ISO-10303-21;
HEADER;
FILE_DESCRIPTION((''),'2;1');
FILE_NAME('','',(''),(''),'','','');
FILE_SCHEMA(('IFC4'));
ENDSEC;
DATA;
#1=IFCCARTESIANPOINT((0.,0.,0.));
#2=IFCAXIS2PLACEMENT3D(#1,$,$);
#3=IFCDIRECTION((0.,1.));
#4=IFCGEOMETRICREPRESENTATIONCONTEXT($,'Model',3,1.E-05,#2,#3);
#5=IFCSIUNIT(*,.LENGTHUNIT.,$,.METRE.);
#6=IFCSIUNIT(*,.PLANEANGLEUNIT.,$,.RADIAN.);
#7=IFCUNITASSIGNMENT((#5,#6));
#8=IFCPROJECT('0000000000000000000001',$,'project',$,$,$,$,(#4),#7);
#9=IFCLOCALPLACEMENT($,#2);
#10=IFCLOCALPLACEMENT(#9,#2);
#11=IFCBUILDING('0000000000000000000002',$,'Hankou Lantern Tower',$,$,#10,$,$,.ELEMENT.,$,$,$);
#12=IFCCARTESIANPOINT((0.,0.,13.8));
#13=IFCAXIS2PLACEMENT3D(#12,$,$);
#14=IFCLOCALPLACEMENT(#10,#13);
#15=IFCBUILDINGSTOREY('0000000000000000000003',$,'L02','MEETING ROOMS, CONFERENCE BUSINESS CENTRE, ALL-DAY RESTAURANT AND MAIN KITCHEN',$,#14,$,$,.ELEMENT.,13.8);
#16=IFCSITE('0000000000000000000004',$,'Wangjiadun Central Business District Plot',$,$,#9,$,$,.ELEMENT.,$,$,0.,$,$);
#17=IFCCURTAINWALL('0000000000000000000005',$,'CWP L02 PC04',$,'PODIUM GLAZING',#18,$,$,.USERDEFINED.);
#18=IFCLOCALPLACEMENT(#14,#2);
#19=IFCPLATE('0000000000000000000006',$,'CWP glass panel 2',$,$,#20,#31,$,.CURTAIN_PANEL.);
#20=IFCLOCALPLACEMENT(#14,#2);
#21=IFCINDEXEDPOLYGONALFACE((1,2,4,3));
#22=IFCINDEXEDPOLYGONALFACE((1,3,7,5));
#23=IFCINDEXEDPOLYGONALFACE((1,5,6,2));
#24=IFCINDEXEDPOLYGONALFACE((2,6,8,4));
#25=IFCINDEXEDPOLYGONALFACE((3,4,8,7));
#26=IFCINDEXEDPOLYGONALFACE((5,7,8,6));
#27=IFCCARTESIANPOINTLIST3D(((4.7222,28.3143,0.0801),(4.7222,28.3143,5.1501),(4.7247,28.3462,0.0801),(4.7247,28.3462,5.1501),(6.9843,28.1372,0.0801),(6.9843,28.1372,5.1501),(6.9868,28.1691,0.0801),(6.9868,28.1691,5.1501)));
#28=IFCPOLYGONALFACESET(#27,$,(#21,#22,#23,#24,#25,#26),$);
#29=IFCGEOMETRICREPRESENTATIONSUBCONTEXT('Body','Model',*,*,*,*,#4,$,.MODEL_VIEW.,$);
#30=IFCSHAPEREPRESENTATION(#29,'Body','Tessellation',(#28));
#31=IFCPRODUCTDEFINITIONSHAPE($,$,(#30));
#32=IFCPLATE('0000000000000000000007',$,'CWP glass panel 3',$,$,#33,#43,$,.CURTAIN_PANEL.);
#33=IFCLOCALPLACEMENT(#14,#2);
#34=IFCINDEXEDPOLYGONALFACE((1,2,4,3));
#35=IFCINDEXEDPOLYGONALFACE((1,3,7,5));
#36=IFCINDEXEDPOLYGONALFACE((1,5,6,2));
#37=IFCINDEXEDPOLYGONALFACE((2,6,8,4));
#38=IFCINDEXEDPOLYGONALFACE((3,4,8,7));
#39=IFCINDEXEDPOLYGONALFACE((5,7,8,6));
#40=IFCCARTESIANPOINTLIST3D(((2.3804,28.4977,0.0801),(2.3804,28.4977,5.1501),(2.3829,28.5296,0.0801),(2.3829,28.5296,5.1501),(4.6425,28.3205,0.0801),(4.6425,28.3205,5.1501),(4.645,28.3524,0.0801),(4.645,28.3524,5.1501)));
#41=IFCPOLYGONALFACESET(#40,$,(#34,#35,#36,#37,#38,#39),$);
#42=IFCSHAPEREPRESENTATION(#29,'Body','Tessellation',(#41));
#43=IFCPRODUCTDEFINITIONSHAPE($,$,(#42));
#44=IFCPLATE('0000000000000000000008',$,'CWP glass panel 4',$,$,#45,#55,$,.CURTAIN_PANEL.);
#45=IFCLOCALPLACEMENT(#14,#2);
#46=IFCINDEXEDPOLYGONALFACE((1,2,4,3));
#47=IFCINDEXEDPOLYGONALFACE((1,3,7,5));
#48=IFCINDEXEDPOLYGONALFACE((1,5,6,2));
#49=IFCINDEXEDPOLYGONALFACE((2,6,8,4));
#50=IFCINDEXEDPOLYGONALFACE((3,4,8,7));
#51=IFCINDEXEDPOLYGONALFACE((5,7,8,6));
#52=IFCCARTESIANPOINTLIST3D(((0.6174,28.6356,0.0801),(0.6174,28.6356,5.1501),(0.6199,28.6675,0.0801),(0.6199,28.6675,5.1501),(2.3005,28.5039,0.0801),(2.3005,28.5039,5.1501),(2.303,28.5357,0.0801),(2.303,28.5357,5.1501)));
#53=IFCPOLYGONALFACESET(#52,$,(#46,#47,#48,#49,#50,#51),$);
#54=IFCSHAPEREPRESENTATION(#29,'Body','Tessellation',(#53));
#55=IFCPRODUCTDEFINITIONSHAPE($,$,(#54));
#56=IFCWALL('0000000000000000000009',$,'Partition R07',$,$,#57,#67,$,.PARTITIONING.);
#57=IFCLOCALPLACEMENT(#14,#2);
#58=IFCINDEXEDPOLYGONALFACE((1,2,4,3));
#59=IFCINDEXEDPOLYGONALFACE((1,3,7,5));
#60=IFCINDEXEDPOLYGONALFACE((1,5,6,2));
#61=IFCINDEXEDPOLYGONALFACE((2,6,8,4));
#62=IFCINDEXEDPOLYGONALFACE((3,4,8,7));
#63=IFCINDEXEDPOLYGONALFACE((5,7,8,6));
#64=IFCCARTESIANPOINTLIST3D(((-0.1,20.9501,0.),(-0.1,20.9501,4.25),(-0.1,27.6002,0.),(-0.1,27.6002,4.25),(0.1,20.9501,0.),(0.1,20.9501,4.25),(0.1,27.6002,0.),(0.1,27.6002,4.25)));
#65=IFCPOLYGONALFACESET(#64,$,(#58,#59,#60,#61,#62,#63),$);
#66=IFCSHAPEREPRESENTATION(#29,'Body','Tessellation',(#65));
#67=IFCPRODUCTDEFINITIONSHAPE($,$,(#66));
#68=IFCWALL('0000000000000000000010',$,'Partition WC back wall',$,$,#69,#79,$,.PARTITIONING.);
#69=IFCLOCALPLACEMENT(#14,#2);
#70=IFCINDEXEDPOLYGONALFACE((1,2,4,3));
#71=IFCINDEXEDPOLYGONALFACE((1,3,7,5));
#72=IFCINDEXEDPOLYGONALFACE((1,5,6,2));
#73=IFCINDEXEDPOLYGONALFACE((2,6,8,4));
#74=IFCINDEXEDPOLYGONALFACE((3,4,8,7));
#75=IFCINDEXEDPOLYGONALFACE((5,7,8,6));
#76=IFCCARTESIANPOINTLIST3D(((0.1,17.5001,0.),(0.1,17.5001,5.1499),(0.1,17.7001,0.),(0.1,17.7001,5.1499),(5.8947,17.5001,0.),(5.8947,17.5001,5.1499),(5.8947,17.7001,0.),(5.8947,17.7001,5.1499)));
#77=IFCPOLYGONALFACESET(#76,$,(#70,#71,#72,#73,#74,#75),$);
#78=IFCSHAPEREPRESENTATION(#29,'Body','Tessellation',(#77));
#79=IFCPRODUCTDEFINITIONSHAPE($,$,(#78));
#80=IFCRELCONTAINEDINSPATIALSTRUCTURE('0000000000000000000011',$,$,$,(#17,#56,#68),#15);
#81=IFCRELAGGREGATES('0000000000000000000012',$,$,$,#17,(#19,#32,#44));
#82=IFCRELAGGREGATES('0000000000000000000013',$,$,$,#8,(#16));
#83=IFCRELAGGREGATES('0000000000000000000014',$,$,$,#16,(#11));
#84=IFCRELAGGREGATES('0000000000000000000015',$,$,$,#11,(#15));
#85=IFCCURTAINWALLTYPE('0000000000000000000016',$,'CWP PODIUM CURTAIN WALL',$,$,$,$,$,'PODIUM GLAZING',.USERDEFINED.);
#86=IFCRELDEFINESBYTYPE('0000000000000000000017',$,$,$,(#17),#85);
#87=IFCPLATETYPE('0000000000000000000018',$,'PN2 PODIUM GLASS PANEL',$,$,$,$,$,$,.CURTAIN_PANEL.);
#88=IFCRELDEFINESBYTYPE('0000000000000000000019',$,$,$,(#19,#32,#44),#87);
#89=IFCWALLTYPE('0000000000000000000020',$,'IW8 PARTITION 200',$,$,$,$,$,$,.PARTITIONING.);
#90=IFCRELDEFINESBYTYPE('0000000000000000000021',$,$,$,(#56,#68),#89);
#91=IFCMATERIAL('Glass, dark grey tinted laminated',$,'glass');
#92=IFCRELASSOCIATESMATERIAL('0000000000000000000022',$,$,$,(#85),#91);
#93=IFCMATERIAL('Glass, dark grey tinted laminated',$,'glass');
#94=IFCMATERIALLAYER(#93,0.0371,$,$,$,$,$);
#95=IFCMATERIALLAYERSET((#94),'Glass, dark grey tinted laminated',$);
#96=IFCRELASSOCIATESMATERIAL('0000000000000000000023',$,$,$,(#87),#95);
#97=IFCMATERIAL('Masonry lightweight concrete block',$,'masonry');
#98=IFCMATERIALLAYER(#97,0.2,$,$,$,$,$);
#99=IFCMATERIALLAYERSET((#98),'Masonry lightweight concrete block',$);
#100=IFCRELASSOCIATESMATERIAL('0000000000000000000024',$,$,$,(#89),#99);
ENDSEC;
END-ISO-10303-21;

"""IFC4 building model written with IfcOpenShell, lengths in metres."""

from ifc_helpers import new_model, si_unit, direction, frame, frame_2d, origin, origin_2d, place, context, subcontext, project, spatial, rectangle, extrude, material, layer, layer_set, type_object, element, aggregate, save


model = new_model("IFC4")

# Units and contexts
model_context = context("Model", 3, precision=1e-05, world=origin(), true_north=direction((0.0, 1.0)))
body_context = subcontext(model_context, "Body", "Model", "MODEL_VIEW")
ifc_project = project(units=[si_unit("LENGTHUNIT", "METRE"), si_unit("PLANEANGLEUNIT", "RADIAN")], contexts=[model_context])

# Site, building, storey
site_placement = place(None, origin())
site = spatial("IfcSite", under=ifc_project, at=site_placement, Name="Wangjiadun Central Business District Plot", CompositionType="ELEMENT", RefElevation=0.0)
building_placement = place(site_placement, origin())
building = spatial("IfcBuilding", under=site, at=building_placement, Name="Hankou Lantern Tower", CompositionType="ELEMENT")
storey_placement = place(building_placement, frame((0.0, 0.0, 13.8)))
storey = spatial("IfcBuildingStorey", under=building, at=storey_placement, Name="L02", Description="MEETING ROOMS, CONFERENCE BUSINESS CENTRE, ALL-DAY RESTAURANT AND MAIN KITCHEN", CompositionType="ELEMENT", Elevation=13.8)

# Curtain wall
ifc_material_1 = material(Name="Glass, dark grey tinted laminated", Category="glass")
curtain_wall_type = type_object("IfcCurtainWallType", Name="CWP PODIUM CURTAIN WALL", ElementType="PODIUM GLAZING", PredefinedType="USERDEFINED", material=ifc_material_1)
curtain_wall_placement = place(storey_placement, origin())
curtain_wall = element("IfcCurtainWall", 1, at=curtain_wall_placement, inside=storey, type_object=curtain_wall_type, Name="CWP L02 PC04", ObjectType="PODIUM GLAZING", PredefinedType="USERDEFINED")

# Plates
ifc_material_2 = material(Name="Glass, dark grey tinted laminated", Category="glass")
ifc_layer_1 = layer(ifc_material_2, 0.0371)
ifc_layer_set_1 = layer_set([ifc_layer_1], Name="Glass, dark grey tinted laminated")
plate_type = type_object("IfcPlateType", Name="PN2 PODIUM GLASS PANEL", PredefinedType="CURTAIN_PANEL", material=ifc_layer_set_1)
plate_1_placement = place(storey_placement, frame((5.8545, 28.2417, 0.0801), z_axis=(0.0, 0.0, 1.0), x_axis=(-0.996949, 0.078062, 0.0)))
plate_1 = element("IfcPlate", 2, at=plate_1_placement, type_object=plate_type, Name="CWP glass panel 2", PredefinedType="CURTAIN_PANEL", context=body_context, shape_type="SweptSolid", body=[
    extrude(rectangle(XDim=2.269, YDim=0.032, at=origin_2d()), origin(), (0.0, 0.0, 1.0), 5.0701),
])
plate_2_placement = place(storey_placement, frame((3.5127, 28.425, 0.0801), z_axis=(0.0, 0.0, 1.0), x_axis=(-0.996949, 0.078062, 0.0)))
plate_2 = element("IfcPlate", 3, at=plate_2_placement, type_object=plate_type, Name="CWP glass panel 3", PredefinedType="CURTAIN_PANEL", context=body_context, shape_type="SweptSolid", body=[
    extrude(rectangle(XDim=2.269, YDim=0.032, at=origin_2d()), origin(), (0.0, 0.0, 1.0), 5.0701),
])
plate_3_placement = place(storey_placement, frame((1.4602, 28.5857, 0.0801), z_axis=(0.0, 0.0, 1.0), x_axis=(-0.996949, 0.078062, 0.0)))
plate_3 = element("IfcPlate", 4, at=plate_3_placement, type_object=plate_type, Name="CWP glass panel 4", PredefinedType="CURTAIN_PANEL", context=body_context, shape_type="SweptSolid", body=[
    extrude(rectangle(XDim=1.6882, YDim=0.032, at=origin_2d()), origin(), (0.0, 0.0, 1.0), 5.0701),
])
aggregate(curtain_wall, [plate_1, plate_2, plate_3])

# Walls
ifc_material_3 = material(Name="Masonry lightweight concrete block", Category="masonry")
ifc_layer_2 = layer(ifc_material_3, 0.2)
ifc_layer_set_2 = layer_set([ifc_layer_2], Name="Masonry lightweight concrete block")
wall_type = type_object("IfcWallType", Name="IW8 PARTITION 200", PredefinedType="PARTITIONING", material=ifc_layer_set_2)
wall_1_placement = place(storey_placement, frame((0.0, 20.95, 0.0), z_axis=(0.0, 0.0, 1.0), x_axis=(0.0, 1.0, 0.0)))
element("IfcWall", 5, at=wall_1_placement, inside=storey, type_object=wall_type, Name="Partition R07", PredefinedType="PARTITIONING", context=body_context, shape_type="SweptSolid", body=[
    extrude(rectangle(XDim=6.6501, YDim=0.2, at=frame_2d((3.3252, 0.0))), origin(), (0.0, 0.0, 1.0), 4.25),
])
wall_2_placement = place(storey_placement, frame((5.8948, 17.6001, 0.0), z_axis=(0.0, 0.0, 1.0), x_axis=(-1.0, 0.0, 0.0)))
element("IfcWall", 6, at=wall_2_placement, inside=storey, type_object=wall_type, Name="Partition WC back wall", PredefinedType="PARTITIONING", context=body_context, shape_type="SweptSolid", body=[
    extrude(rectangle(XDim=5.7947, YDim=0.2, at=frame_2d((2.8975, 0.0))), origin(), (0.0, 0.0, 1.0), 5.1499),
])

save(model, "model.ifc")
